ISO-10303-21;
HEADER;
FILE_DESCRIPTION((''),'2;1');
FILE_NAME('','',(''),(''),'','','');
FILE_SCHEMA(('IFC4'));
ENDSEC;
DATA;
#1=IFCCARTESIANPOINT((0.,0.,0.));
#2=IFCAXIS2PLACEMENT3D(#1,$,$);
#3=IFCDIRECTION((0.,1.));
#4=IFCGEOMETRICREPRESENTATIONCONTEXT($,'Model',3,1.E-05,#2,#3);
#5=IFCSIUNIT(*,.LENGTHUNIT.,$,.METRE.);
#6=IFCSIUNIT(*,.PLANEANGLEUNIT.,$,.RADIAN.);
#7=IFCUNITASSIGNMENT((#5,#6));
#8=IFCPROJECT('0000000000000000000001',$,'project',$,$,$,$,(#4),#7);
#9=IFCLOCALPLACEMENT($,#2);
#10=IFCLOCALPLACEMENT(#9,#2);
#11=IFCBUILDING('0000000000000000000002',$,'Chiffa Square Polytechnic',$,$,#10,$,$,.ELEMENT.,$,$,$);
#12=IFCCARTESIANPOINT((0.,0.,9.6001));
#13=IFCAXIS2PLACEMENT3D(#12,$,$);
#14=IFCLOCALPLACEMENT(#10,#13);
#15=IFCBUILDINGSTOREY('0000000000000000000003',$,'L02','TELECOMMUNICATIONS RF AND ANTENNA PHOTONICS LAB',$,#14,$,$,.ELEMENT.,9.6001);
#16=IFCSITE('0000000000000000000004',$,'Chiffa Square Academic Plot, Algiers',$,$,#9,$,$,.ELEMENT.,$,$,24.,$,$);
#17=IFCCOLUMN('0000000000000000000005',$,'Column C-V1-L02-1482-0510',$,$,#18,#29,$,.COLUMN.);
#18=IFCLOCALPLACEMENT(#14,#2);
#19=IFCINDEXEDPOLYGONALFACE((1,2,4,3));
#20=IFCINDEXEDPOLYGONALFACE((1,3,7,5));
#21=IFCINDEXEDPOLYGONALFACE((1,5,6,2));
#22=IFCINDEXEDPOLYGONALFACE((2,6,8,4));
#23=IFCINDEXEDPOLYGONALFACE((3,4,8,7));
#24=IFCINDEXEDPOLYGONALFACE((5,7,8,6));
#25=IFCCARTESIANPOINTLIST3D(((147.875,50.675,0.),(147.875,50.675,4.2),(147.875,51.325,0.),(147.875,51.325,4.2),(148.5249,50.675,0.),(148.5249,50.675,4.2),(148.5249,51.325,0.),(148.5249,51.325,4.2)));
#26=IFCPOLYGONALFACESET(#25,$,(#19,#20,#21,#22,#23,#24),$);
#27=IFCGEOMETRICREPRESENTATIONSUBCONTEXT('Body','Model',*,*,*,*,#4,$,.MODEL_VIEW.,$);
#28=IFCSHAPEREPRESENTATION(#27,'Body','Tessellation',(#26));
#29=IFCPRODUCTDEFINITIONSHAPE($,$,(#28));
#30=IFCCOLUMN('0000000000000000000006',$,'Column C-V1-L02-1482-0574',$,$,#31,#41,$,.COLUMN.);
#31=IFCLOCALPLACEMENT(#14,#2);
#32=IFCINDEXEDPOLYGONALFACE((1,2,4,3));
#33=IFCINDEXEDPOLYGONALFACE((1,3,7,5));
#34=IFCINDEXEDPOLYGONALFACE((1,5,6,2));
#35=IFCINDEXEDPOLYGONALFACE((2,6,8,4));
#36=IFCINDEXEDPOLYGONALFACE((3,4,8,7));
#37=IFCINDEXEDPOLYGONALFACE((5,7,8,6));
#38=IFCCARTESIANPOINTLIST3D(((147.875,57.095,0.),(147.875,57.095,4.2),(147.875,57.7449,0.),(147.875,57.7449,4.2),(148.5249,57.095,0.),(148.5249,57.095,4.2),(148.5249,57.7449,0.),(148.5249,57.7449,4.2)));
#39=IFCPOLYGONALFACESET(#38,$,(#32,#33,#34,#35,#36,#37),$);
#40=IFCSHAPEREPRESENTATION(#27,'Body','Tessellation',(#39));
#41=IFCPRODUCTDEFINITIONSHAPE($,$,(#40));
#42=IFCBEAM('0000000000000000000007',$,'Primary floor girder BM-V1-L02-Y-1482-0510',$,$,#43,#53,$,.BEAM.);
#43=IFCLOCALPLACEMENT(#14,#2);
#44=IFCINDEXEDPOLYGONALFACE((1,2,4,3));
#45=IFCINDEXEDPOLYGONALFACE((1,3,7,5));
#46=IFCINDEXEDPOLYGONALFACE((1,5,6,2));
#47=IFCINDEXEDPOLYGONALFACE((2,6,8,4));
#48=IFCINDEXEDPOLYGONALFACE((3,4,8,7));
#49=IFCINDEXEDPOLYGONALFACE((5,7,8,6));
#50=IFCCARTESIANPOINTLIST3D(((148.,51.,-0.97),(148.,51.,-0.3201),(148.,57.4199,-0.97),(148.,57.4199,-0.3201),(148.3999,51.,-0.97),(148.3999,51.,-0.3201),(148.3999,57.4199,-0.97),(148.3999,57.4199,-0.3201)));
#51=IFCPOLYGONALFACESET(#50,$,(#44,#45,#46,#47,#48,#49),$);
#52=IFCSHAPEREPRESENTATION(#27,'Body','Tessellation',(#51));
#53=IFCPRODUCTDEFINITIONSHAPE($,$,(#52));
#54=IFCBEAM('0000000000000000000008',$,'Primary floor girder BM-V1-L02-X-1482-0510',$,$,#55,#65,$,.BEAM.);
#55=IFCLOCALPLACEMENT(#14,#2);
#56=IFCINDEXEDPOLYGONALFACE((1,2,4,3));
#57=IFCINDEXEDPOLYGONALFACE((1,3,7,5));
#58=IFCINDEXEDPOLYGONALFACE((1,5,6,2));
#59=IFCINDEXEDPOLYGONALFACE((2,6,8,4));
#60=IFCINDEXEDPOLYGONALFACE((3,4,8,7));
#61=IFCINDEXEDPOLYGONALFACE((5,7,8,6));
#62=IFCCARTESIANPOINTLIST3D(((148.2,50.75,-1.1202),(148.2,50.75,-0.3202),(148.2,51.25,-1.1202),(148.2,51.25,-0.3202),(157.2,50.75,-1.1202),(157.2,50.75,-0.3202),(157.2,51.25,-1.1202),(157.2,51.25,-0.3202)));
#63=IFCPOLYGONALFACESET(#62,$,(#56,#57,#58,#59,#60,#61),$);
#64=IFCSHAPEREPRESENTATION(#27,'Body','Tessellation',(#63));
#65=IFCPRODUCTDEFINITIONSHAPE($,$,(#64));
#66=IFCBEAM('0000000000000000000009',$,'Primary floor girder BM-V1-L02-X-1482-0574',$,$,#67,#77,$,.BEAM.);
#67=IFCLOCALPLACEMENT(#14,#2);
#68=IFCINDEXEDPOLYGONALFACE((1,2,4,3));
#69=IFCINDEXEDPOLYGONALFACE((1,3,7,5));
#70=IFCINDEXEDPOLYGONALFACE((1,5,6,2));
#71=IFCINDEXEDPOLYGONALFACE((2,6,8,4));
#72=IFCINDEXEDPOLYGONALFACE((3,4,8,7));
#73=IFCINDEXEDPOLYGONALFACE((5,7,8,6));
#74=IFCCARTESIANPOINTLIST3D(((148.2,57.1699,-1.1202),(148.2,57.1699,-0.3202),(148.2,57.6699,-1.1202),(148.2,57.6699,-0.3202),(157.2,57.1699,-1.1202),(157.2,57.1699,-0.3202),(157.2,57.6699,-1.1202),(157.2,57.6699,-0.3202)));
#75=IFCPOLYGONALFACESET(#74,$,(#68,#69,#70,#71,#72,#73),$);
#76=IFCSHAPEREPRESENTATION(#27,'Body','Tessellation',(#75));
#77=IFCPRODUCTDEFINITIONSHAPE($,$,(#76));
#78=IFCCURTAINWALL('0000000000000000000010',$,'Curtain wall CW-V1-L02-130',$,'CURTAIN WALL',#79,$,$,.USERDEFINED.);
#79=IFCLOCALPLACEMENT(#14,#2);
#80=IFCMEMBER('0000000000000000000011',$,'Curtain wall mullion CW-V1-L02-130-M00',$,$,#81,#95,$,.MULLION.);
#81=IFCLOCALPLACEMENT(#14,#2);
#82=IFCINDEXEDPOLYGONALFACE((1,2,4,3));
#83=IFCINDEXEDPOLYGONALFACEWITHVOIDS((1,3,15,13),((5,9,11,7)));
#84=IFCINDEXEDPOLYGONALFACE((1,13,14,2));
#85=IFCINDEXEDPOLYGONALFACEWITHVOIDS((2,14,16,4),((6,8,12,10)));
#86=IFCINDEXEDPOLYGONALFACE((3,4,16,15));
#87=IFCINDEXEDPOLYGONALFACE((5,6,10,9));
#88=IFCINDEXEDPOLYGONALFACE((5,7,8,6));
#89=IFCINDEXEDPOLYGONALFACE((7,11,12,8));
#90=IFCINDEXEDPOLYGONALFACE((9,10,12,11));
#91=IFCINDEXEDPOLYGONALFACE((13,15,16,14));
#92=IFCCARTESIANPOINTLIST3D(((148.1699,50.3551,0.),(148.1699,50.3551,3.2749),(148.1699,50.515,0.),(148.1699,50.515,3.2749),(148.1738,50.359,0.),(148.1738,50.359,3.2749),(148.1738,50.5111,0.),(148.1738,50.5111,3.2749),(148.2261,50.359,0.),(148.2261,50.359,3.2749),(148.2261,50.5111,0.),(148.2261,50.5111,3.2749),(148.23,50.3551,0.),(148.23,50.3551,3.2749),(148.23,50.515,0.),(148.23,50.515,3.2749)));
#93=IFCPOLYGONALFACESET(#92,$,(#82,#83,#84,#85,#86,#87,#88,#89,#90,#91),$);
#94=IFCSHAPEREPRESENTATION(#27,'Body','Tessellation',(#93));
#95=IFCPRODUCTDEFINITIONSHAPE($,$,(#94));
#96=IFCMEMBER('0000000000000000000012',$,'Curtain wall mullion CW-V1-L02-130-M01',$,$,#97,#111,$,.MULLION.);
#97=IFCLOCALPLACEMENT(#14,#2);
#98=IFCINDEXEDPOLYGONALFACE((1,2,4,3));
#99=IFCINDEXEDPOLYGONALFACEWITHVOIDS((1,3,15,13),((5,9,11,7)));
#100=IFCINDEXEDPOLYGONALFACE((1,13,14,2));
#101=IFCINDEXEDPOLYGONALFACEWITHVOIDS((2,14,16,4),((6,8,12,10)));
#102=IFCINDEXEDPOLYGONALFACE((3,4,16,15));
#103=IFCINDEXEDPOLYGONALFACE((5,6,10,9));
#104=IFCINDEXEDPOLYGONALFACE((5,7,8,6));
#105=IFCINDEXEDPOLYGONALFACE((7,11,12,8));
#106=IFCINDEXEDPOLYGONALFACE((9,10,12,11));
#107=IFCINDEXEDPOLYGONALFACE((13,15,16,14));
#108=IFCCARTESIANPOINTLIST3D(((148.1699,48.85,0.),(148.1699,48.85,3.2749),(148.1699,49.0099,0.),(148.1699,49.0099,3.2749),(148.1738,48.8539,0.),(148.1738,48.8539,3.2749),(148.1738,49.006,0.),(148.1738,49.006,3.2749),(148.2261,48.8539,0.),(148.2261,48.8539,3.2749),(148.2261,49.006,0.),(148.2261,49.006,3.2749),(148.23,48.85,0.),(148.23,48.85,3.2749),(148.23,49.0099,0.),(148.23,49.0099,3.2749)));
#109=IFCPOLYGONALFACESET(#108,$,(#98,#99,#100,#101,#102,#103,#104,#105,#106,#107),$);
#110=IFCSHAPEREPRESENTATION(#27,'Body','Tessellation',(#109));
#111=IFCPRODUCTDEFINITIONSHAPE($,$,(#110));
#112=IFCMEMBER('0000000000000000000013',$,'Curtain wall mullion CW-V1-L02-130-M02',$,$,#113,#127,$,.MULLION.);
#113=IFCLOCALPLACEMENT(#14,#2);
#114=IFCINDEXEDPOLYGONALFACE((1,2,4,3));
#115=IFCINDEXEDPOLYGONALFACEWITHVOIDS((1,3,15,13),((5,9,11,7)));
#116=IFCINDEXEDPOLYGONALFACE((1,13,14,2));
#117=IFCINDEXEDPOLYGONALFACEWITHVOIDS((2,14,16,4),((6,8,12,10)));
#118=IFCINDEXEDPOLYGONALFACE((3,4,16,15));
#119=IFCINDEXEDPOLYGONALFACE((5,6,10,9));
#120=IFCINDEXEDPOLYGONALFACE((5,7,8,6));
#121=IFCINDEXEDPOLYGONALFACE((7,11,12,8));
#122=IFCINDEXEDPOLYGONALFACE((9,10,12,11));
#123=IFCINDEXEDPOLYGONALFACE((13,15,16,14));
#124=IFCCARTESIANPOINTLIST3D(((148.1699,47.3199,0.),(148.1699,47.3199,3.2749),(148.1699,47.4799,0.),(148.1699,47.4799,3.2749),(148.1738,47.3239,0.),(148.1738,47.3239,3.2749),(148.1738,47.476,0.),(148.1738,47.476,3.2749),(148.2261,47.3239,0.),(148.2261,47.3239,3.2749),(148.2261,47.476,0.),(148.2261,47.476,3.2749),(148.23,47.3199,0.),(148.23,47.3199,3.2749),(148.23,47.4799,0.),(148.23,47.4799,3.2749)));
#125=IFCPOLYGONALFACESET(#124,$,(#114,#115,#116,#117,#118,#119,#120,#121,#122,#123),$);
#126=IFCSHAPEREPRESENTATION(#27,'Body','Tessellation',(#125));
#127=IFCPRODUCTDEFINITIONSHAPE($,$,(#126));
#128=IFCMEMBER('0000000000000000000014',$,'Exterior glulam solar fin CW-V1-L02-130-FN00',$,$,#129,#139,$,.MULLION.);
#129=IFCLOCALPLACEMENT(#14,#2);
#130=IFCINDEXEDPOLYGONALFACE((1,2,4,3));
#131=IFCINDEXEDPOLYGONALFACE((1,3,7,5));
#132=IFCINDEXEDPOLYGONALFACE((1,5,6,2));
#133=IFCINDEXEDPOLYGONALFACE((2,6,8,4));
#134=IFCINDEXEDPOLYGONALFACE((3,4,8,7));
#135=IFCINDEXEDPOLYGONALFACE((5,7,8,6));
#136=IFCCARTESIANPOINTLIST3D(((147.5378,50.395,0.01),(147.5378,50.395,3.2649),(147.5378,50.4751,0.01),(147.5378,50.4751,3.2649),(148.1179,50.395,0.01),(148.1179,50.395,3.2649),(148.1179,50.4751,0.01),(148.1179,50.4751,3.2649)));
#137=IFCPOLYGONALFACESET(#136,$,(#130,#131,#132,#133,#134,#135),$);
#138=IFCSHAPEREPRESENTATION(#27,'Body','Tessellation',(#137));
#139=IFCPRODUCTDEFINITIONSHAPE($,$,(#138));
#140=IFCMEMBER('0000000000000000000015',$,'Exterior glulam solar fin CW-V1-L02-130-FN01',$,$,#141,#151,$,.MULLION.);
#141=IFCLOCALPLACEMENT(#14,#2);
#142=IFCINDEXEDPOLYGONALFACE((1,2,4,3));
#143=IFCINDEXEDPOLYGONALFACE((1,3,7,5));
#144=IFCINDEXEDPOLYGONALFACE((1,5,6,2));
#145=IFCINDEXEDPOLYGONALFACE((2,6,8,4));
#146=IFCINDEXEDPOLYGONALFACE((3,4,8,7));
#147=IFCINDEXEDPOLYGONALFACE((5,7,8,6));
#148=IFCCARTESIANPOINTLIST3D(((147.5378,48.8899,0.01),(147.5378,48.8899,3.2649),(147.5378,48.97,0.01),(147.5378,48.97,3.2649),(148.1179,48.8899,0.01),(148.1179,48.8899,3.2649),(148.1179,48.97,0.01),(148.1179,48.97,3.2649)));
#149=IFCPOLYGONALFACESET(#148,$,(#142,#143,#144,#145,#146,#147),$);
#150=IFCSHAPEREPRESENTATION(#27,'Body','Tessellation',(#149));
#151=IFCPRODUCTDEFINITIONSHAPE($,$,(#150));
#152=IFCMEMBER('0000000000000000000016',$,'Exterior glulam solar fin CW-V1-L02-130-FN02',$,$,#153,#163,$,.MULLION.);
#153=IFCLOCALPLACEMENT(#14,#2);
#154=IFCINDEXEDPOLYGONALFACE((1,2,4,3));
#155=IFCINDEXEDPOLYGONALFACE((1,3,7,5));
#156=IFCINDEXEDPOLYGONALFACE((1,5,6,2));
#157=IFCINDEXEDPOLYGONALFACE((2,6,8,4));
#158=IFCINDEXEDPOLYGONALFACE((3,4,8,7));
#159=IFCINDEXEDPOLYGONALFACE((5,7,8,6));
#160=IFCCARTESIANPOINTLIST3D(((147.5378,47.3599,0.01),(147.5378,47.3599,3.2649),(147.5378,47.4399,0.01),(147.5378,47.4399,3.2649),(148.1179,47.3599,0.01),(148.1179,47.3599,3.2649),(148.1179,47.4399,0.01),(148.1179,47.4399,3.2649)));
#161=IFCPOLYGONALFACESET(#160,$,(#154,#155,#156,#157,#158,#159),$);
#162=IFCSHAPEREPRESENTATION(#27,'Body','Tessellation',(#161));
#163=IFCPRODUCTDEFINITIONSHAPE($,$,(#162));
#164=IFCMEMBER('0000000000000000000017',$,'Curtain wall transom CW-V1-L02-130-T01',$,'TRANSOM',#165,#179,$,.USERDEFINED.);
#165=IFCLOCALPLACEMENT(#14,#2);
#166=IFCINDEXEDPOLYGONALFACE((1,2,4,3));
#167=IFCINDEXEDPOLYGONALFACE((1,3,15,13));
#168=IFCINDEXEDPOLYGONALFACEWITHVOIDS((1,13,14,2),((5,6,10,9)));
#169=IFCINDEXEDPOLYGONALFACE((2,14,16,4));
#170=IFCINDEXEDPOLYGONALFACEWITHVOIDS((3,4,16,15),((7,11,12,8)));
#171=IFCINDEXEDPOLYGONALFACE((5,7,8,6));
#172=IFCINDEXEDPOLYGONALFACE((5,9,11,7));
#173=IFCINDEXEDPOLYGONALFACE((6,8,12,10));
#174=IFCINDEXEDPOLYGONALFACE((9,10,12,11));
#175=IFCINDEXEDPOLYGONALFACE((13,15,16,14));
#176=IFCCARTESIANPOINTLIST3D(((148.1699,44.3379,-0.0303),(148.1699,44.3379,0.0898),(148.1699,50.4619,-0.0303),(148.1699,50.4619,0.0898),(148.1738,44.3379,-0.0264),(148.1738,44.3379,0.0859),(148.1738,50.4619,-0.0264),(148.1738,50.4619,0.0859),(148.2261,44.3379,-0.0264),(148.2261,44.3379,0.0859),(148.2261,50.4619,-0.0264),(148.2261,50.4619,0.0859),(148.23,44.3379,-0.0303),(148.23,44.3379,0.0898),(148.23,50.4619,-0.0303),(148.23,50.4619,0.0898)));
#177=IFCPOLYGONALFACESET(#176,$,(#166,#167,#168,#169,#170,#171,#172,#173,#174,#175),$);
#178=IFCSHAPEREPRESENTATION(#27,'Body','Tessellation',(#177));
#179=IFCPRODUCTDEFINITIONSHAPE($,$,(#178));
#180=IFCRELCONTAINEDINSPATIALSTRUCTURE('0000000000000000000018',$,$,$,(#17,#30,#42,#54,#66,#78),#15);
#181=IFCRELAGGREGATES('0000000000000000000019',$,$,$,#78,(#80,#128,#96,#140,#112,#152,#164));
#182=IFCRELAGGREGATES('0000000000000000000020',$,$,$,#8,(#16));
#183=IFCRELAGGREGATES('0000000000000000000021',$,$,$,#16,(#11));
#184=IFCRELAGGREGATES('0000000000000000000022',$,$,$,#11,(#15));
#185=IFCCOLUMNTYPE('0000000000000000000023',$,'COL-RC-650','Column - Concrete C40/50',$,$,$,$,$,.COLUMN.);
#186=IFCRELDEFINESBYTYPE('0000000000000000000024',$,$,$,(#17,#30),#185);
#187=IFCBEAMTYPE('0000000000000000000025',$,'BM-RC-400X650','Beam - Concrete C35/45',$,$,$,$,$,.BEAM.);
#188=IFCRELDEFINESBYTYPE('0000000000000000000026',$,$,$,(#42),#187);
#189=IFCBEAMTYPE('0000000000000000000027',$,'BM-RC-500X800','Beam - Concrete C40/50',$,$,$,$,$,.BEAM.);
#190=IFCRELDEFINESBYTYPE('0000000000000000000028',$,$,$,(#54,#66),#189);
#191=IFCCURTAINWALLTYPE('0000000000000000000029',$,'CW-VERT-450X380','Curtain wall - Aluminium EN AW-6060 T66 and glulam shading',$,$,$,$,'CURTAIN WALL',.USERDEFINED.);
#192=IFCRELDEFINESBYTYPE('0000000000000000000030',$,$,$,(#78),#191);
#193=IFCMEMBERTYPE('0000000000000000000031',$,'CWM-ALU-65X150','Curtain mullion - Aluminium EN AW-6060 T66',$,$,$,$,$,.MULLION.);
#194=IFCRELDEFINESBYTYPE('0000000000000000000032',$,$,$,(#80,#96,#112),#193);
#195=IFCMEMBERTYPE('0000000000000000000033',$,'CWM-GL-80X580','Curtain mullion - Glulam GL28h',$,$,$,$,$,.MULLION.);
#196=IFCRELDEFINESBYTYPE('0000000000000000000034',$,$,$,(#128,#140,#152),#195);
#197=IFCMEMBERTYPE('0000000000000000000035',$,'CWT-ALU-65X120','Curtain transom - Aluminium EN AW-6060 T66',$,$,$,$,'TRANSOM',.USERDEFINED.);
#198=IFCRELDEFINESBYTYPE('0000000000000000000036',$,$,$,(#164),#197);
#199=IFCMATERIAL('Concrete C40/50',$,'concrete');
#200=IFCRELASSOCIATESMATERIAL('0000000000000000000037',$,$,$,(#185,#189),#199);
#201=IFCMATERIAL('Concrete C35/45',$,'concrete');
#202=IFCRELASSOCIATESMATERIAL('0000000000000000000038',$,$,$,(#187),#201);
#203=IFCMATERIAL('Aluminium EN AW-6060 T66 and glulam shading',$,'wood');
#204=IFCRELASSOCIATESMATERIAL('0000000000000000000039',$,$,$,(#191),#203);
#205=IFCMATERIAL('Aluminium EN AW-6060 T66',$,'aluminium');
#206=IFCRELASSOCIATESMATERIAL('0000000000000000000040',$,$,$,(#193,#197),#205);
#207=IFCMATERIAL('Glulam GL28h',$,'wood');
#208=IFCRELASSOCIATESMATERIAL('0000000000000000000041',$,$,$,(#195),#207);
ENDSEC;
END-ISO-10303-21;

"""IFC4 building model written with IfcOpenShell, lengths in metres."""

from ifc_helpers import new_model, si_unit, direction, frame, origin, origin_2d, place, context, subcontext, project, spatial, rectangle, hollow_rectangle, extrude, material, material_profile, profile_set, type_object, element, aggregate, save


model = new_model("IFC4")

# Units and contexts
model_context = context("Model", 3, precision=1e-05, world=origin(), true_north=direction((0.0, 1.0)))
body_context = subcontext(model_context, "Body", "Model", "MODEL_VIEW")
ifc_project = project(units=[si_unit("LENGTHUNIT", "METRE"), si_unit("PLANEANGLEUNIT", "RADIAN")], contexts=[model_context])

# Site, building, storey
site_placement = place(None, origin())
site = spatial("IfcSite", under=ifc_project, at=site_placement, Name="Chiffa Square Academic Plot, Algiers", CompositionType="ELEMENT", RefElevation=24.0)
building_placement = place(site_placement, origin())
building = spatial("IfcBuilding", under=site, at=building_placement, Name="Chiffa Square Polytechnic", CompositionType="ELEMENT")
storey_placement = place(building_placement, frame((0.0, 0.0, 9.6001)))
storey = spatial("IfcBuildingStorey", under=building, at=storey_placement, Name="L02", Description="TELECOMMUNICATIONS RF AND ANTENNA PHOTONICS LAB", CompositionType="ELEMENT", Elevation=9.6001)

# Columns
ifc_material_1 = material(Name="Concrete C40/50", Category="concrete")
ifc_material_profile_1 = material_profile(ifc_material_1, rectangle(XDim=0.6499, YDim=0.6499, at=origin_2d()), Name="RC 650x650")
ifc_profile_set_1 = profile_set([ifc_material_profile_1], Name="Concrete C40/50")
column_type = type_object("IfcColumnType", Name="COL-RC-650", Description="Column - Concrete C40/50", PredefinedType="COLUMN", material=ifc_profile_set_1)
for number, where, z_axis, x_axis, name in (
    (1, (148.2, 51.0, 0.0), (0.0, 0.0, 1.0), (1.0, 0.0, 0.0), "Column C-V1-L02-1482-0510"),
    (2, (148.2, 57.4199, 0.0), (0.0, 0.0, 1.0), (1.0, 0.0, 0.0), "Column C-V1-L02-1482-0574"),
):
    element("IfcColumn", number, at=place(storey_placement, frame(where, z_axis=z_axis, x_axis=x_axis)), inside=storey, type_object=column_type, Name=name, PredefinedType="COLUMN", context=body_context, shape_type="SweptSolid", body=[
        extrude(rectangle(XDim=0.6499, YDim=0.6499, at=origin_2d()), origin(), (0.0, 0.0, 1.0), 4.2),
    ])

# Beams
ifc_material_2 = material(Name="Concrete C35/45", Category="concrete")
ifc_material_profile_2 = material_profile(ifc_material_2, rectangle(XDim=0.3999, YDim=0.6499, at=origin_2d()), Name="RC 400x650")
ifc_profile_set_2 = profile_set([ifc_material_profile_2], Name="Concrete C35/45")
beam_type_1 = type_object("IfcBeamType", Name="BM-RC-400X650", Description="Beam - Concrete C35/45", PredefinedType="BEAM", material=ifc_profile_set_2)
beam_placement = place(storey_placement, frame((148.2, 51.0, -0.645), z_axis=(0.0, 1.0, 0.0), x_axis=(-1.0, 0.0, 0.0)))
element("IfcBeam", 3, at=beam_placement, inside=storey, type_object=beam_type_1, Name="Primary floor girder BM-V1-L02-Y-1482-0510", PredefinedType="BEAM", context=body_context, shape_type="SweptSolid", body=[
    extrude(rectangle(XDim=0.3999, YDim=0.6499, at=origin_2d()), origin(), (0.0, 0.0, 1.0), 6.4199),
])
ifc_material_profile_3 = material_profile(ifc_material_1, rectangle(XDim=0.5, YDim=0.8, at=origin_2d()), Name="RC 500x800")
ifc_profile_set_3 = profile_set([ifc_material_profile_3], Name="Concrete C40/50")
beam_type_2 = type_object("IfcBeamType", Name="BM-RC-500X800", Description="Beam - Concrete C40/50", PredefinedType="BEAM", material=ifc_profile_set_3)
for number, where, z_axis, x_axis, name in (
    (4, (148.2, 51.0, -0.7202), (1.0, 0.0, 0.0), (0.0, 1.0, 0.0), "Primary floor girder BM-V1-L02-X-1482-0510"),
    (5, (148.2, 57.4199, -0.7202), (1.0, 0.0, 0.0), (0.0, 1.0, 0.0), "Primary floor girder BM-V1-L02-X-1482-0574"),
):
    element("IfcBeam", number, at=place(storey_placement, frame(where, z_axis=z_axis, x_axis=x_axis)), inside=storey, type_object=beam_type_2, Name=name, PredefinedType="BEAM", context=body_context, shape_type="SweptSolid", body=[
        extrude(rectangle(XDim=0.5, YDim=0.8, at=origin_2d()), origin(), (0.0, 0.0, 1.0), 9.0),
    ])

# Curtain wall, members
ifc_material_3 = material(Name="Aluminium EN AW-6060 T66 and glulam shading", Category="wood")
curtain_wall_type = type_object("IfcCurtainWallType", Name="CW-VERT-450X380", Description="Curtain wall - Aluminium EN AW-6060 T66 and glulam shading", ElementType="CURTAIN WALL", PredefinedType="USERDEFINED", material=ifc_material_3)
curtain_wall_placement = place(storey_placement, origin())
curtain_wall = element("IfcCurtainWall", 6, at=curtain_wall_placement, inside=storey, type_object=curtain_wall_type, Name="Curtain wall CW-V1-L02-130", ObjectType="CURTAIN WALL", PredefinedType="USERDEFINED")
ifc_material_4 = material(Name="Aluminium EN AW-6060 T66", Category="aluminium")
ifc_material_profile_4 = material_profile(ifc_material_4, hollow_rectangle(XDim=0.0601, YDim=0.1599, WallThickness=0.0039, at=origin_2d()), Name="ALU 60x160x4")
ifc_profile_set_4 = profile_set([ifc_material_profile_4], Name="Aluminium EN AW-6060 T66")
member_type_1 = type_object("IfcMemberType", Name="CWM-ALU-65X150", Description="Curtain mullion - Aluminium EN AW-6060 T66", PredefinedType="MULLION", material=ifc_profile_set_4)
member_1_placement = place(storey_placement, frame((148.2, 50.4351, 0.0), z_axis=(0.0, 0.0, 1.0), x_axis=(1.0, 0.0, 0.0)))
member_1 = element("IfcMember", 7, at=member_1_placement, type_object=member_type_1, Name="Curtain wall mullion CW-V1-L02-130-M00", PredefinedType="MULLION", context=body_context, shape_type="SweptSolid", body=[
    extrude(hollow_rectangle(XDim=0.0601, YDim=0.1599, WallThickness=0.0039, at=origin_2d()), origin(), (0.0, 0.0, 1.0), 3.2749),
])
member_2_placement = place(storey_placement, frame((148.2, 48.9299, 0.0), z_axis=(0.0, 0.0, 1.0), x_axis=(1.0, 0.0, 0.0)))
member_2 = element("IfcMember", 8, at=member_2_placement, type_object=member_type_1, Name="Curtain wall mullion CW-V1-L02-130-M01", PredefinedType="MULLION", context=body_context, shape_type="SweptSolid", body=[
    extrude(hollow_rectangle(XDim=0.0601, YDim=0.1599, WallThickness=0.0039, at=origin_2d()), origin(), (0.0, 0.0, 1.0), 3.2749),
])
member_3_placement = place(storey_placement, frame((148.2, 47.3999, 0.0), z_axis=(0.0, 0.0, 1.0), x_axis=(1.0, 0.0, 0.0)))
member_3 = element("IfcMember", 9, at=member_3_placement, type_object=member_type_1, Name="Curtain wall mullion CW-V1-L02-130-M02", PredefinedType="MULLION", context=body_context, shape_type="SweptSolid", body=[
    extrude(hollow_rectangle(XDim=0.0601, YDim=0.1599, WallThickness=0.0039, at=origin_2d()), origin(), (0.0, 0.0, 1.0), 3.2749),
])
ifc_material_5 = material(Name="Glulam GL28h", Category="wood")
ifc_material_profile_5 = material_profile(ifc_material_5, rectangle(XDim=0.0801, YDim=0.5801, at=origin_2d()), Name="GL28h 80x580")
ifc_profile_set_5 = profile_set([ifc_material_profile_5], Name="Glulam GL28h")
member_type_2 = type_object("IfcMemberType", Name="CWM-GL-80X580", Description="Curtain mullion - Glulam GL28h", PredefinedType="MULLION", material=ifc_profile_set_5)
member_4_placement = place(storey_placement, frame((147.8279, 50.4351, 0.01), z_axis=(0.0, 0.0, 1.0), x_axis=(0.0, -1.0, 0.0)))
member_4 = element("IfcMember", 10, at=member_4_placement, type_object=member_type_2, Name="Exterior glulam solar fin CW-V1-L02-130-FN00", PredefinedType="MULLION", context=body_context, shape_type="SweptSolid", body=[
    extrude(rectangle(XDim=0.0801, YDim=0.5801, at=origin_2d()), origin(), (0.0, 0.0, 1.0), 3.2549),
])
member_5_placement = place(storey_placement, frame((147.8279, 48.9299, 0.01), z_axis=(0.0, 0.0, 1.0), x_axis=(0.0, -1.0, 0.0)))
member_5 = element("IfcMember", 11, at=member_5_placement, type_object=member_type_2, Name="Exterior glulam solar fin CW-V1-L02-130-FN01", PredefinedType="MULLION", context=body_context, shape_type="SweptSolid", body=[
    extrude(rectangle(XDim=0.0801, YDim=0.5801, at=origin_2d()), origin(), (0.0, 0.0, 1.0), 3.2549),
])
member_6_placement = place(storey_placement, frame((147.8279, 47.3999, 0.01), z_axis=(0.0, 0.0, 1.0), x_axis=(0.0, -1.0, 0.0)))
member_6 = element("IfcMember", 12, at=member_6_placement, type_object=member_type_2, Name="Exterior glulam solar fin CW-V1-L02-130-FN02", PredefinedType="MULLION", context=body_context, shape_type="SweptSolid", body=[
    extrude(rectangle(XDim=0.0801, YDim=0.5801, at=origin_2d()), origin(), (0.0, 0.0, 1.0), 3.2549),
])
ifc_material_profile_6 = material_profile(ifc_material_4, hollow_rectangle(XDim=0.0601, YDim=0.1201, WallThickness=0.0039, at=origin_2d()), Name="ALU 60x120x4")
ifc_profile_set_6 = profile_set([ifc_material_profile_6], Name="Aluminium EN AW-6060 T66")
member_type_3 = type_object("IfcMemberType", Name="CWT-ALU-65X120", Description="Curtain transom - Aluminium EN AW-6060 T66", ElementType="TRANSOM", PredefinedType="USERDEFINED", material=ifc_profile_set_6)
member_7_placement = place(storey_placement, frame((148.2, 50.4619, 0.0298), z_axis=(0.0, -1.0, 0.0), x_axis=(1.0, 0.0, 0.0)))
member_7 = element("IfcMember", 13, at=member_7_placement, type_object=member_type_3, Name="Curtain wall transom CW-V1-L02-130-T01", ObjectType="TRANSOM", PredefinedType="USERDEFINED", context=body_context, shape_type="SweptSolid", body=[
    extrude(hollow_rectangle(XDim=0.0601, YDim=0.1201, WallThickness=0.0039, at=origin_2d()), origin(), (0.0, 0.0, 1.0), 6.124),
])

aggregate(curtain_wall, [member_1, member_4, member_2, member_5, member_3, member_6, member_7])

save(model, "model.ifc")
